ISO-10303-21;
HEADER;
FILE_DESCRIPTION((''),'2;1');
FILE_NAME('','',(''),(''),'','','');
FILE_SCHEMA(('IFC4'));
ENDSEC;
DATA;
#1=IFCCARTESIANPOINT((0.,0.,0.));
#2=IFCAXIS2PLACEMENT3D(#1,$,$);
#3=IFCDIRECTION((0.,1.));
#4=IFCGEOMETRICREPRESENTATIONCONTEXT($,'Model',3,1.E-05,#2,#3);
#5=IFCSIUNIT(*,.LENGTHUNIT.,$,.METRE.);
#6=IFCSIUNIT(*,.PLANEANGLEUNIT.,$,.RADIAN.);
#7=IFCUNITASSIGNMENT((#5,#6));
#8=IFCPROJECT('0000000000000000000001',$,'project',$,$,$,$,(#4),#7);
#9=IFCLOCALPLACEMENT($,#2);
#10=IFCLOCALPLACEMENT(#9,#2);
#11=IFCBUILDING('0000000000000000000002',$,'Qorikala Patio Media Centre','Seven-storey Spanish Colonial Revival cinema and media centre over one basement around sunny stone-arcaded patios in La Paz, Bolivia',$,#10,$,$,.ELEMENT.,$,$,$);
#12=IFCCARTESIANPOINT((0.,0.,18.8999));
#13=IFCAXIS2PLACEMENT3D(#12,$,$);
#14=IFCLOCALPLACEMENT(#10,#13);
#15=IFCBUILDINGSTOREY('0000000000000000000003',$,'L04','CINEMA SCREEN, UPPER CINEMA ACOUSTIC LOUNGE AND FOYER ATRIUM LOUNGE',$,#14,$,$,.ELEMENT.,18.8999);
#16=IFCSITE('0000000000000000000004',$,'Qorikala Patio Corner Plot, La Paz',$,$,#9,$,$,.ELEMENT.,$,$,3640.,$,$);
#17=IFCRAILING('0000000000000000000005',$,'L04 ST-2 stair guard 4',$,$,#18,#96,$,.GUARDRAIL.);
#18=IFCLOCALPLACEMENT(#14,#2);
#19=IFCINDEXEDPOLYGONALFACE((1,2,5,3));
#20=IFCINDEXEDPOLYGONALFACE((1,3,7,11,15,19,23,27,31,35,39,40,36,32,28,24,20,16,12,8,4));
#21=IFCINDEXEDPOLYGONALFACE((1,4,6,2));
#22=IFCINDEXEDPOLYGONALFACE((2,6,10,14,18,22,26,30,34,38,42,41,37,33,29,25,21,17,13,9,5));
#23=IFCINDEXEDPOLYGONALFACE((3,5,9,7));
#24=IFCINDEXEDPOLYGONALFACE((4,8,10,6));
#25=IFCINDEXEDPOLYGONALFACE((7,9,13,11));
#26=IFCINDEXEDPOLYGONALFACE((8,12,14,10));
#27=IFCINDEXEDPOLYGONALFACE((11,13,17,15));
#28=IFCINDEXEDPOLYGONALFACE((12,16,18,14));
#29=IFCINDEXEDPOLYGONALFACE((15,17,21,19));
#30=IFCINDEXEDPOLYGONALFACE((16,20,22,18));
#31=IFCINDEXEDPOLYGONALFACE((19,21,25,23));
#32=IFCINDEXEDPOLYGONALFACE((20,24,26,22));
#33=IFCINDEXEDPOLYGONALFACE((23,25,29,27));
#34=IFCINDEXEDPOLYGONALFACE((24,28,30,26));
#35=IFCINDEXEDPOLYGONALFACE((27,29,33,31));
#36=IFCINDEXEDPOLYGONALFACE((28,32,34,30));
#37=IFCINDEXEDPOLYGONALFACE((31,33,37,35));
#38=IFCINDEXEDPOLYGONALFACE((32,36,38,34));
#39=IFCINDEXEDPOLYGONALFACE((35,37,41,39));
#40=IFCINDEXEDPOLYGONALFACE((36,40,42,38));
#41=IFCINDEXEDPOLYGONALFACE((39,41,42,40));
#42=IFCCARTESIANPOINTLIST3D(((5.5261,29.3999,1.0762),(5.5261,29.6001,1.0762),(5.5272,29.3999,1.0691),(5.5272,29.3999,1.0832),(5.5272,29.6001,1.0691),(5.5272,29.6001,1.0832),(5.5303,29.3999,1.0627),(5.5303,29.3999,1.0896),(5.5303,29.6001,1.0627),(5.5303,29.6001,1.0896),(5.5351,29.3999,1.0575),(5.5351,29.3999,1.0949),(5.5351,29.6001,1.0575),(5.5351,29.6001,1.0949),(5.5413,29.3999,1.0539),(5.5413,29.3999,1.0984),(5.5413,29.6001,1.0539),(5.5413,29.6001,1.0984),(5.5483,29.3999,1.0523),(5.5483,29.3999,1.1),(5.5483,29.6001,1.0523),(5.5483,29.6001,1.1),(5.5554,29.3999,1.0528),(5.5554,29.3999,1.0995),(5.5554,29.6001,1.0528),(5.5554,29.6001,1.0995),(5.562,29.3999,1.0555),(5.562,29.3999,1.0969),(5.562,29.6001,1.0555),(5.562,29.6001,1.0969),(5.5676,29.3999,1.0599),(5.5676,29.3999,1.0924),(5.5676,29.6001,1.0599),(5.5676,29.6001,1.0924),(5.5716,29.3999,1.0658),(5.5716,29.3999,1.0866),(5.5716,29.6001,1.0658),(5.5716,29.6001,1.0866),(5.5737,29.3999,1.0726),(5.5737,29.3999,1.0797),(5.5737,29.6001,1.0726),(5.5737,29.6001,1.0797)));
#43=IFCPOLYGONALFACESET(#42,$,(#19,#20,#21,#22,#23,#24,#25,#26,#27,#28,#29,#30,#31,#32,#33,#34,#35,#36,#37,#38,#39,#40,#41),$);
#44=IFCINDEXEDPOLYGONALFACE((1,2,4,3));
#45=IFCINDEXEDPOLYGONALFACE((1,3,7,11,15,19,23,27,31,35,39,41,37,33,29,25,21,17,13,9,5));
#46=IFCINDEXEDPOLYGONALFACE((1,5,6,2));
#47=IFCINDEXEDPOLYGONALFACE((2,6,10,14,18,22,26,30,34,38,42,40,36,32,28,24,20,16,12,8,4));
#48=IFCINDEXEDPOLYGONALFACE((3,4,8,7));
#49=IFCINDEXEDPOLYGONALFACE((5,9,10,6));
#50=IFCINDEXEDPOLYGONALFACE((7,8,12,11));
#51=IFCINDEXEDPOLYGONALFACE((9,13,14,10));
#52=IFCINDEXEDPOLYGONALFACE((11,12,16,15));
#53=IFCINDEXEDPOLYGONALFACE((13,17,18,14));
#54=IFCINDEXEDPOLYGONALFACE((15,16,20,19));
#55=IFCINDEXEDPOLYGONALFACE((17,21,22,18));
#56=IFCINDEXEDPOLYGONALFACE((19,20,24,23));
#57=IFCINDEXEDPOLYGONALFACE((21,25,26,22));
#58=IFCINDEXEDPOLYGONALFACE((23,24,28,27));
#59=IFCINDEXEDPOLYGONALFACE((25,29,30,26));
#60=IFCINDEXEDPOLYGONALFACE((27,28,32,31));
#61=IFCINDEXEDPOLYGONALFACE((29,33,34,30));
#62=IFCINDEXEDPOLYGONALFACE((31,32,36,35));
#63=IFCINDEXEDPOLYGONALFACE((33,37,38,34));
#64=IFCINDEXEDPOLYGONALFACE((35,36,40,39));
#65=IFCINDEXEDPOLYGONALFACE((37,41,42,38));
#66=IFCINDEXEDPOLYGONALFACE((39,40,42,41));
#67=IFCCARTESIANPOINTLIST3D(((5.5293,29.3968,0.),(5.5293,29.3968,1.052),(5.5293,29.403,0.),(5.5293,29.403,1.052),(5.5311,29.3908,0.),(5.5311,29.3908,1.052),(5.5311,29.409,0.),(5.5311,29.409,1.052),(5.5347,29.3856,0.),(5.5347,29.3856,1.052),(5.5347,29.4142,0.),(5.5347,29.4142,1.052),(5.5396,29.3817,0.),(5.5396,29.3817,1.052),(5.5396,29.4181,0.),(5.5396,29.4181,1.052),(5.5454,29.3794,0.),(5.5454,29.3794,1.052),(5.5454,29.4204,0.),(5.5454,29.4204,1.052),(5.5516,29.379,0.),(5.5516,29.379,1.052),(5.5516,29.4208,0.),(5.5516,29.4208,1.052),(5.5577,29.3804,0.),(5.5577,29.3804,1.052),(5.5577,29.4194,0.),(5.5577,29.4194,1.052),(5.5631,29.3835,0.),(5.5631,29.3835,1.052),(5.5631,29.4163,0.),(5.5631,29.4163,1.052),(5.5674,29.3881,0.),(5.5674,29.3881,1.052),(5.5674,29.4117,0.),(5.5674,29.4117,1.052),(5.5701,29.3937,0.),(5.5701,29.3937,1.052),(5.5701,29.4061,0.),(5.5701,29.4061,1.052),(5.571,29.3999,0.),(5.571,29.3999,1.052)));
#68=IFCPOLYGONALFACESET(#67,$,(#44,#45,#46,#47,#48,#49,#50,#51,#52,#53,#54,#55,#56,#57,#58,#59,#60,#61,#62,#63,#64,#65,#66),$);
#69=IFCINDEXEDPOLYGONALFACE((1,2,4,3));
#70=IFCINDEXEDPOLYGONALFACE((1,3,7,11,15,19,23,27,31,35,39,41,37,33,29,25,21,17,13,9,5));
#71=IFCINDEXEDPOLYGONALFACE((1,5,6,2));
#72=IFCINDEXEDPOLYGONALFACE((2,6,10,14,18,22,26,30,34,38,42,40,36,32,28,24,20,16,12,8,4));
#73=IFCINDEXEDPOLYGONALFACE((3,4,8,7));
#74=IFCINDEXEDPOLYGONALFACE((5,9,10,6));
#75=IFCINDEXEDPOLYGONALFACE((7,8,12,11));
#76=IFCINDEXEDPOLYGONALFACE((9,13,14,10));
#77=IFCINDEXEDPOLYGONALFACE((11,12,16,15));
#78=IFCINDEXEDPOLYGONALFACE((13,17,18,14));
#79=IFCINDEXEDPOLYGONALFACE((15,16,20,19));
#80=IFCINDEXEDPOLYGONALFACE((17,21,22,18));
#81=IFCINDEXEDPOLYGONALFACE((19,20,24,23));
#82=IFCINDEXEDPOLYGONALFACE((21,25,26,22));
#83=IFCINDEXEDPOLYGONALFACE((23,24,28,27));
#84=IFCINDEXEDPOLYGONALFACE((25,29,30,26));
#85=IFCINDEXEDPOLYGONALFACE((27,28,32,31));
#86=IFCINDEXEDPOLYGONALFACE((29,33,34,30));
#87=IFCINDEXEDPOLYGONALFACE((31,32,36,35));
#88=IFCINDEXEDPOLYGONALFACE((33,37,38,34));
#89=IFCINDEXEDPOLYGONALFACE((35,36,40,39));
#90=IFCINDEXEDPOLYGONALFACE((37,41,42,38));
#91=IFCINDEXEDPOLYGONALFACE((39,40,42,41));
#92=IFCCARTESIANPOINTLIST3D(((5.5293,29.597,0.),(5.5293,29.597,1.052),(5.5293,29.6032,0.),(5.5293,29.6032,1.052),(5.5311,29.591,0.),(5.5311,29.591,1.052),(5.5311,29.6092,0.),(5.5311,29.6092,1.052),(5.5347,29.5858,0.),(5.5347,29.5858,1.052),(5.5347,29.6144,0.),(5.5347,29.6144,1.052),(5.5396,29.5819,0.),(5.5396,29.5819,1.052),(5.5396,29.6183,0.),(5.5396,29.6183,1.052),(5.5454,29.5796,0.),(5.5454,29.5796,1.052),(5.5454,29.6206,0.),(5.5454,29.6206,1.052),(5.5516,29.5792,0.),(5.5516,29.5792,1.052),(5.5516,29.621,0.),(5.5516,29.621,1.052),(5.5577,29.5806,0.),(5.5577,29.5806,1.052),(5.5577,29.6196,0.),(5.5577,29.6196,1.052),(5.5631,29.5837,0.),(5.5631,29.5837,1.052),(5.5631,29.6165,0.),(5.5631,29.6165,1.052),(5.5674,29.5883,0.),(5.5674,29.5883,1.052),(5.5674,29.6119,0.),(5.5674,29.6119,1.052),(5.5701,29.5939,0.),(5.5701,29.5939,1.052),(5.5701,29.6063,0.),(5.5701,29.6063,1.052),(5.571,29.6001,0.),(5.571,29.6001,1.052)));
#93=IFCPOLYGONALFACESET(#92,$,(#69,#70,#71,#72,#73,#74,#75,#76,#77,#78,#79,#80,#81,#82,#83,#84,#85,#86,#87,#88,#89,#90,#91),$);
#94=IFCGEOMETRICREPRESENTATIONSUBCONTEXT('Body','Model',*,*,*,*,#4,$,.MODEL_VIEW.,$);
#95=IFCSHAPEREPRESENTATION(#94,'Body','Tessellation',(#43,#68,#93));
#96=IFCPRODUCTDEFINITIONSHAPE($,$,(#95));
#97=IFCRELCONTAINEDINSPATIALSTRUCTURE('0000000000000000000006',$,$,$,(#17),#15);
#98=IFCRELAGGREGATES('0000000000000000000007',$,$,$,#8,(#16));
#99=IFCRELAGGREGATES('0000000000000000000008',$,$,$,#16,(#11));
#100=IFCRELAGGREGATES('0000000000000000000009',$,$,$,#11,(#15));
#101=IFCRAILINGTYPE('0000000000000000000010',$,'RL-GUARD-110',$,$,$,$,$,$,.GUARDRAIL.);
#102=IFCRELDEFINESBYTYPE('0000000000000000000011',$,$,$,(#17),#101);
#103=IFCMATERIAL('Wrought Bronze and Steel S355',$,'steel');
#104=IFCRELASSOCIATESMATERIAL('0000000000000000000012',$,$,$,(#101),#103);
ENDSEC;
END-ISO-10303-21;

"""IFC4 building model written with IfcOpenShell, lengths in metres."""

from ifc_helpers import new_model, si_unit, direction, frame, origin, origin_2d, place, context, subcontext, project, spatial, circle, extrude, material, type_object, element, save


model = new_model("IFC4")

# Units and contexts
model_context = context("Model", 3, precision=1e-05, world=origin(), true_north=direction((0.0, 1.0)))
body_context = subcontext(model_context, "Body", "Model", "MODEL_VIEW")
ifc_project = project(units=[si_unit("LENGTHUNIT", "METRE"), si_unit("PLANEANGLEUNIT", "RADIAN")], contexts=[model_context])

# Site, building, storey
site_placement = place(None, origin())
site = spatial("IfcSite", under=ifc_project, at=site_placement, Name="Qorikala Patio Corner Plot, La Paz", CompositionType="ELEMENT", RefElevation=3640.0)
building_placement = place(site_placement, origin())
building = spatial("IfcBuilding", under=site, at=building_placement, Name="Qorikala Patio Media Centre", Description="Seven-storey Spanish Colonial Revival cinema and media centre over one basement around sunny stone-arcaded patios in La Paz, Bolivia", CompositionType="ELEMENT")
storey_placement = place(building_placement, frame((0.0, 0.0, 18.8999)))
storey = spatial("IfcBuildingStorey", under=building, at=storey_placement, Name="L04", Description="CINEMA SCREEN, UPPER CINEMA ACOUSTIC LOUNGE AND FOYER ATRIUM LOUNGE", CompositionType="ELEMENT", Elevation=18.8999)

# Railing
ifc_material_1 = material(Name="Wrought Bronze and Steel S355", Category="steel")
railing_type_1 = type_object("IfcRailingType", Name="RL-GUARD-110", PredefinedType="GUARDRAIL", material=ifc_material_1)
railing_1_placement = place(storey_placement, frame((5.55, 29.3999, 0.0)))
element("IfcRailing", 1, at=railing_1_placement, inside=storey, type_object=railing_type_1, Name="L04 ST-2 stair guard 4", PredefinedType="GUARDRAIL", context=body_context, shape_type="SweptSolid", body=[
    extrude(circle(Radius=0.0239, at=origin_2d()), frame((0.0, 0.0, 1.0762), z_axis=(0.0, 1.0, 0.0), x_axis=(-1.0, 0.0, 0.0)), (0.0, 0.0, 1.0), 0.2002),
    extrude(circle(Radius=0.021, at=origin_2d()), origin(), (0.0, 0.0, 1.0), 1.052),
    extrude(circle(Radius=0.021, at=origin_2d()), frame((0.0, 0.2002, 0.0)), (0.0, 0.0, 1.0), 1.052),
])

save(model, "model.ifc")
